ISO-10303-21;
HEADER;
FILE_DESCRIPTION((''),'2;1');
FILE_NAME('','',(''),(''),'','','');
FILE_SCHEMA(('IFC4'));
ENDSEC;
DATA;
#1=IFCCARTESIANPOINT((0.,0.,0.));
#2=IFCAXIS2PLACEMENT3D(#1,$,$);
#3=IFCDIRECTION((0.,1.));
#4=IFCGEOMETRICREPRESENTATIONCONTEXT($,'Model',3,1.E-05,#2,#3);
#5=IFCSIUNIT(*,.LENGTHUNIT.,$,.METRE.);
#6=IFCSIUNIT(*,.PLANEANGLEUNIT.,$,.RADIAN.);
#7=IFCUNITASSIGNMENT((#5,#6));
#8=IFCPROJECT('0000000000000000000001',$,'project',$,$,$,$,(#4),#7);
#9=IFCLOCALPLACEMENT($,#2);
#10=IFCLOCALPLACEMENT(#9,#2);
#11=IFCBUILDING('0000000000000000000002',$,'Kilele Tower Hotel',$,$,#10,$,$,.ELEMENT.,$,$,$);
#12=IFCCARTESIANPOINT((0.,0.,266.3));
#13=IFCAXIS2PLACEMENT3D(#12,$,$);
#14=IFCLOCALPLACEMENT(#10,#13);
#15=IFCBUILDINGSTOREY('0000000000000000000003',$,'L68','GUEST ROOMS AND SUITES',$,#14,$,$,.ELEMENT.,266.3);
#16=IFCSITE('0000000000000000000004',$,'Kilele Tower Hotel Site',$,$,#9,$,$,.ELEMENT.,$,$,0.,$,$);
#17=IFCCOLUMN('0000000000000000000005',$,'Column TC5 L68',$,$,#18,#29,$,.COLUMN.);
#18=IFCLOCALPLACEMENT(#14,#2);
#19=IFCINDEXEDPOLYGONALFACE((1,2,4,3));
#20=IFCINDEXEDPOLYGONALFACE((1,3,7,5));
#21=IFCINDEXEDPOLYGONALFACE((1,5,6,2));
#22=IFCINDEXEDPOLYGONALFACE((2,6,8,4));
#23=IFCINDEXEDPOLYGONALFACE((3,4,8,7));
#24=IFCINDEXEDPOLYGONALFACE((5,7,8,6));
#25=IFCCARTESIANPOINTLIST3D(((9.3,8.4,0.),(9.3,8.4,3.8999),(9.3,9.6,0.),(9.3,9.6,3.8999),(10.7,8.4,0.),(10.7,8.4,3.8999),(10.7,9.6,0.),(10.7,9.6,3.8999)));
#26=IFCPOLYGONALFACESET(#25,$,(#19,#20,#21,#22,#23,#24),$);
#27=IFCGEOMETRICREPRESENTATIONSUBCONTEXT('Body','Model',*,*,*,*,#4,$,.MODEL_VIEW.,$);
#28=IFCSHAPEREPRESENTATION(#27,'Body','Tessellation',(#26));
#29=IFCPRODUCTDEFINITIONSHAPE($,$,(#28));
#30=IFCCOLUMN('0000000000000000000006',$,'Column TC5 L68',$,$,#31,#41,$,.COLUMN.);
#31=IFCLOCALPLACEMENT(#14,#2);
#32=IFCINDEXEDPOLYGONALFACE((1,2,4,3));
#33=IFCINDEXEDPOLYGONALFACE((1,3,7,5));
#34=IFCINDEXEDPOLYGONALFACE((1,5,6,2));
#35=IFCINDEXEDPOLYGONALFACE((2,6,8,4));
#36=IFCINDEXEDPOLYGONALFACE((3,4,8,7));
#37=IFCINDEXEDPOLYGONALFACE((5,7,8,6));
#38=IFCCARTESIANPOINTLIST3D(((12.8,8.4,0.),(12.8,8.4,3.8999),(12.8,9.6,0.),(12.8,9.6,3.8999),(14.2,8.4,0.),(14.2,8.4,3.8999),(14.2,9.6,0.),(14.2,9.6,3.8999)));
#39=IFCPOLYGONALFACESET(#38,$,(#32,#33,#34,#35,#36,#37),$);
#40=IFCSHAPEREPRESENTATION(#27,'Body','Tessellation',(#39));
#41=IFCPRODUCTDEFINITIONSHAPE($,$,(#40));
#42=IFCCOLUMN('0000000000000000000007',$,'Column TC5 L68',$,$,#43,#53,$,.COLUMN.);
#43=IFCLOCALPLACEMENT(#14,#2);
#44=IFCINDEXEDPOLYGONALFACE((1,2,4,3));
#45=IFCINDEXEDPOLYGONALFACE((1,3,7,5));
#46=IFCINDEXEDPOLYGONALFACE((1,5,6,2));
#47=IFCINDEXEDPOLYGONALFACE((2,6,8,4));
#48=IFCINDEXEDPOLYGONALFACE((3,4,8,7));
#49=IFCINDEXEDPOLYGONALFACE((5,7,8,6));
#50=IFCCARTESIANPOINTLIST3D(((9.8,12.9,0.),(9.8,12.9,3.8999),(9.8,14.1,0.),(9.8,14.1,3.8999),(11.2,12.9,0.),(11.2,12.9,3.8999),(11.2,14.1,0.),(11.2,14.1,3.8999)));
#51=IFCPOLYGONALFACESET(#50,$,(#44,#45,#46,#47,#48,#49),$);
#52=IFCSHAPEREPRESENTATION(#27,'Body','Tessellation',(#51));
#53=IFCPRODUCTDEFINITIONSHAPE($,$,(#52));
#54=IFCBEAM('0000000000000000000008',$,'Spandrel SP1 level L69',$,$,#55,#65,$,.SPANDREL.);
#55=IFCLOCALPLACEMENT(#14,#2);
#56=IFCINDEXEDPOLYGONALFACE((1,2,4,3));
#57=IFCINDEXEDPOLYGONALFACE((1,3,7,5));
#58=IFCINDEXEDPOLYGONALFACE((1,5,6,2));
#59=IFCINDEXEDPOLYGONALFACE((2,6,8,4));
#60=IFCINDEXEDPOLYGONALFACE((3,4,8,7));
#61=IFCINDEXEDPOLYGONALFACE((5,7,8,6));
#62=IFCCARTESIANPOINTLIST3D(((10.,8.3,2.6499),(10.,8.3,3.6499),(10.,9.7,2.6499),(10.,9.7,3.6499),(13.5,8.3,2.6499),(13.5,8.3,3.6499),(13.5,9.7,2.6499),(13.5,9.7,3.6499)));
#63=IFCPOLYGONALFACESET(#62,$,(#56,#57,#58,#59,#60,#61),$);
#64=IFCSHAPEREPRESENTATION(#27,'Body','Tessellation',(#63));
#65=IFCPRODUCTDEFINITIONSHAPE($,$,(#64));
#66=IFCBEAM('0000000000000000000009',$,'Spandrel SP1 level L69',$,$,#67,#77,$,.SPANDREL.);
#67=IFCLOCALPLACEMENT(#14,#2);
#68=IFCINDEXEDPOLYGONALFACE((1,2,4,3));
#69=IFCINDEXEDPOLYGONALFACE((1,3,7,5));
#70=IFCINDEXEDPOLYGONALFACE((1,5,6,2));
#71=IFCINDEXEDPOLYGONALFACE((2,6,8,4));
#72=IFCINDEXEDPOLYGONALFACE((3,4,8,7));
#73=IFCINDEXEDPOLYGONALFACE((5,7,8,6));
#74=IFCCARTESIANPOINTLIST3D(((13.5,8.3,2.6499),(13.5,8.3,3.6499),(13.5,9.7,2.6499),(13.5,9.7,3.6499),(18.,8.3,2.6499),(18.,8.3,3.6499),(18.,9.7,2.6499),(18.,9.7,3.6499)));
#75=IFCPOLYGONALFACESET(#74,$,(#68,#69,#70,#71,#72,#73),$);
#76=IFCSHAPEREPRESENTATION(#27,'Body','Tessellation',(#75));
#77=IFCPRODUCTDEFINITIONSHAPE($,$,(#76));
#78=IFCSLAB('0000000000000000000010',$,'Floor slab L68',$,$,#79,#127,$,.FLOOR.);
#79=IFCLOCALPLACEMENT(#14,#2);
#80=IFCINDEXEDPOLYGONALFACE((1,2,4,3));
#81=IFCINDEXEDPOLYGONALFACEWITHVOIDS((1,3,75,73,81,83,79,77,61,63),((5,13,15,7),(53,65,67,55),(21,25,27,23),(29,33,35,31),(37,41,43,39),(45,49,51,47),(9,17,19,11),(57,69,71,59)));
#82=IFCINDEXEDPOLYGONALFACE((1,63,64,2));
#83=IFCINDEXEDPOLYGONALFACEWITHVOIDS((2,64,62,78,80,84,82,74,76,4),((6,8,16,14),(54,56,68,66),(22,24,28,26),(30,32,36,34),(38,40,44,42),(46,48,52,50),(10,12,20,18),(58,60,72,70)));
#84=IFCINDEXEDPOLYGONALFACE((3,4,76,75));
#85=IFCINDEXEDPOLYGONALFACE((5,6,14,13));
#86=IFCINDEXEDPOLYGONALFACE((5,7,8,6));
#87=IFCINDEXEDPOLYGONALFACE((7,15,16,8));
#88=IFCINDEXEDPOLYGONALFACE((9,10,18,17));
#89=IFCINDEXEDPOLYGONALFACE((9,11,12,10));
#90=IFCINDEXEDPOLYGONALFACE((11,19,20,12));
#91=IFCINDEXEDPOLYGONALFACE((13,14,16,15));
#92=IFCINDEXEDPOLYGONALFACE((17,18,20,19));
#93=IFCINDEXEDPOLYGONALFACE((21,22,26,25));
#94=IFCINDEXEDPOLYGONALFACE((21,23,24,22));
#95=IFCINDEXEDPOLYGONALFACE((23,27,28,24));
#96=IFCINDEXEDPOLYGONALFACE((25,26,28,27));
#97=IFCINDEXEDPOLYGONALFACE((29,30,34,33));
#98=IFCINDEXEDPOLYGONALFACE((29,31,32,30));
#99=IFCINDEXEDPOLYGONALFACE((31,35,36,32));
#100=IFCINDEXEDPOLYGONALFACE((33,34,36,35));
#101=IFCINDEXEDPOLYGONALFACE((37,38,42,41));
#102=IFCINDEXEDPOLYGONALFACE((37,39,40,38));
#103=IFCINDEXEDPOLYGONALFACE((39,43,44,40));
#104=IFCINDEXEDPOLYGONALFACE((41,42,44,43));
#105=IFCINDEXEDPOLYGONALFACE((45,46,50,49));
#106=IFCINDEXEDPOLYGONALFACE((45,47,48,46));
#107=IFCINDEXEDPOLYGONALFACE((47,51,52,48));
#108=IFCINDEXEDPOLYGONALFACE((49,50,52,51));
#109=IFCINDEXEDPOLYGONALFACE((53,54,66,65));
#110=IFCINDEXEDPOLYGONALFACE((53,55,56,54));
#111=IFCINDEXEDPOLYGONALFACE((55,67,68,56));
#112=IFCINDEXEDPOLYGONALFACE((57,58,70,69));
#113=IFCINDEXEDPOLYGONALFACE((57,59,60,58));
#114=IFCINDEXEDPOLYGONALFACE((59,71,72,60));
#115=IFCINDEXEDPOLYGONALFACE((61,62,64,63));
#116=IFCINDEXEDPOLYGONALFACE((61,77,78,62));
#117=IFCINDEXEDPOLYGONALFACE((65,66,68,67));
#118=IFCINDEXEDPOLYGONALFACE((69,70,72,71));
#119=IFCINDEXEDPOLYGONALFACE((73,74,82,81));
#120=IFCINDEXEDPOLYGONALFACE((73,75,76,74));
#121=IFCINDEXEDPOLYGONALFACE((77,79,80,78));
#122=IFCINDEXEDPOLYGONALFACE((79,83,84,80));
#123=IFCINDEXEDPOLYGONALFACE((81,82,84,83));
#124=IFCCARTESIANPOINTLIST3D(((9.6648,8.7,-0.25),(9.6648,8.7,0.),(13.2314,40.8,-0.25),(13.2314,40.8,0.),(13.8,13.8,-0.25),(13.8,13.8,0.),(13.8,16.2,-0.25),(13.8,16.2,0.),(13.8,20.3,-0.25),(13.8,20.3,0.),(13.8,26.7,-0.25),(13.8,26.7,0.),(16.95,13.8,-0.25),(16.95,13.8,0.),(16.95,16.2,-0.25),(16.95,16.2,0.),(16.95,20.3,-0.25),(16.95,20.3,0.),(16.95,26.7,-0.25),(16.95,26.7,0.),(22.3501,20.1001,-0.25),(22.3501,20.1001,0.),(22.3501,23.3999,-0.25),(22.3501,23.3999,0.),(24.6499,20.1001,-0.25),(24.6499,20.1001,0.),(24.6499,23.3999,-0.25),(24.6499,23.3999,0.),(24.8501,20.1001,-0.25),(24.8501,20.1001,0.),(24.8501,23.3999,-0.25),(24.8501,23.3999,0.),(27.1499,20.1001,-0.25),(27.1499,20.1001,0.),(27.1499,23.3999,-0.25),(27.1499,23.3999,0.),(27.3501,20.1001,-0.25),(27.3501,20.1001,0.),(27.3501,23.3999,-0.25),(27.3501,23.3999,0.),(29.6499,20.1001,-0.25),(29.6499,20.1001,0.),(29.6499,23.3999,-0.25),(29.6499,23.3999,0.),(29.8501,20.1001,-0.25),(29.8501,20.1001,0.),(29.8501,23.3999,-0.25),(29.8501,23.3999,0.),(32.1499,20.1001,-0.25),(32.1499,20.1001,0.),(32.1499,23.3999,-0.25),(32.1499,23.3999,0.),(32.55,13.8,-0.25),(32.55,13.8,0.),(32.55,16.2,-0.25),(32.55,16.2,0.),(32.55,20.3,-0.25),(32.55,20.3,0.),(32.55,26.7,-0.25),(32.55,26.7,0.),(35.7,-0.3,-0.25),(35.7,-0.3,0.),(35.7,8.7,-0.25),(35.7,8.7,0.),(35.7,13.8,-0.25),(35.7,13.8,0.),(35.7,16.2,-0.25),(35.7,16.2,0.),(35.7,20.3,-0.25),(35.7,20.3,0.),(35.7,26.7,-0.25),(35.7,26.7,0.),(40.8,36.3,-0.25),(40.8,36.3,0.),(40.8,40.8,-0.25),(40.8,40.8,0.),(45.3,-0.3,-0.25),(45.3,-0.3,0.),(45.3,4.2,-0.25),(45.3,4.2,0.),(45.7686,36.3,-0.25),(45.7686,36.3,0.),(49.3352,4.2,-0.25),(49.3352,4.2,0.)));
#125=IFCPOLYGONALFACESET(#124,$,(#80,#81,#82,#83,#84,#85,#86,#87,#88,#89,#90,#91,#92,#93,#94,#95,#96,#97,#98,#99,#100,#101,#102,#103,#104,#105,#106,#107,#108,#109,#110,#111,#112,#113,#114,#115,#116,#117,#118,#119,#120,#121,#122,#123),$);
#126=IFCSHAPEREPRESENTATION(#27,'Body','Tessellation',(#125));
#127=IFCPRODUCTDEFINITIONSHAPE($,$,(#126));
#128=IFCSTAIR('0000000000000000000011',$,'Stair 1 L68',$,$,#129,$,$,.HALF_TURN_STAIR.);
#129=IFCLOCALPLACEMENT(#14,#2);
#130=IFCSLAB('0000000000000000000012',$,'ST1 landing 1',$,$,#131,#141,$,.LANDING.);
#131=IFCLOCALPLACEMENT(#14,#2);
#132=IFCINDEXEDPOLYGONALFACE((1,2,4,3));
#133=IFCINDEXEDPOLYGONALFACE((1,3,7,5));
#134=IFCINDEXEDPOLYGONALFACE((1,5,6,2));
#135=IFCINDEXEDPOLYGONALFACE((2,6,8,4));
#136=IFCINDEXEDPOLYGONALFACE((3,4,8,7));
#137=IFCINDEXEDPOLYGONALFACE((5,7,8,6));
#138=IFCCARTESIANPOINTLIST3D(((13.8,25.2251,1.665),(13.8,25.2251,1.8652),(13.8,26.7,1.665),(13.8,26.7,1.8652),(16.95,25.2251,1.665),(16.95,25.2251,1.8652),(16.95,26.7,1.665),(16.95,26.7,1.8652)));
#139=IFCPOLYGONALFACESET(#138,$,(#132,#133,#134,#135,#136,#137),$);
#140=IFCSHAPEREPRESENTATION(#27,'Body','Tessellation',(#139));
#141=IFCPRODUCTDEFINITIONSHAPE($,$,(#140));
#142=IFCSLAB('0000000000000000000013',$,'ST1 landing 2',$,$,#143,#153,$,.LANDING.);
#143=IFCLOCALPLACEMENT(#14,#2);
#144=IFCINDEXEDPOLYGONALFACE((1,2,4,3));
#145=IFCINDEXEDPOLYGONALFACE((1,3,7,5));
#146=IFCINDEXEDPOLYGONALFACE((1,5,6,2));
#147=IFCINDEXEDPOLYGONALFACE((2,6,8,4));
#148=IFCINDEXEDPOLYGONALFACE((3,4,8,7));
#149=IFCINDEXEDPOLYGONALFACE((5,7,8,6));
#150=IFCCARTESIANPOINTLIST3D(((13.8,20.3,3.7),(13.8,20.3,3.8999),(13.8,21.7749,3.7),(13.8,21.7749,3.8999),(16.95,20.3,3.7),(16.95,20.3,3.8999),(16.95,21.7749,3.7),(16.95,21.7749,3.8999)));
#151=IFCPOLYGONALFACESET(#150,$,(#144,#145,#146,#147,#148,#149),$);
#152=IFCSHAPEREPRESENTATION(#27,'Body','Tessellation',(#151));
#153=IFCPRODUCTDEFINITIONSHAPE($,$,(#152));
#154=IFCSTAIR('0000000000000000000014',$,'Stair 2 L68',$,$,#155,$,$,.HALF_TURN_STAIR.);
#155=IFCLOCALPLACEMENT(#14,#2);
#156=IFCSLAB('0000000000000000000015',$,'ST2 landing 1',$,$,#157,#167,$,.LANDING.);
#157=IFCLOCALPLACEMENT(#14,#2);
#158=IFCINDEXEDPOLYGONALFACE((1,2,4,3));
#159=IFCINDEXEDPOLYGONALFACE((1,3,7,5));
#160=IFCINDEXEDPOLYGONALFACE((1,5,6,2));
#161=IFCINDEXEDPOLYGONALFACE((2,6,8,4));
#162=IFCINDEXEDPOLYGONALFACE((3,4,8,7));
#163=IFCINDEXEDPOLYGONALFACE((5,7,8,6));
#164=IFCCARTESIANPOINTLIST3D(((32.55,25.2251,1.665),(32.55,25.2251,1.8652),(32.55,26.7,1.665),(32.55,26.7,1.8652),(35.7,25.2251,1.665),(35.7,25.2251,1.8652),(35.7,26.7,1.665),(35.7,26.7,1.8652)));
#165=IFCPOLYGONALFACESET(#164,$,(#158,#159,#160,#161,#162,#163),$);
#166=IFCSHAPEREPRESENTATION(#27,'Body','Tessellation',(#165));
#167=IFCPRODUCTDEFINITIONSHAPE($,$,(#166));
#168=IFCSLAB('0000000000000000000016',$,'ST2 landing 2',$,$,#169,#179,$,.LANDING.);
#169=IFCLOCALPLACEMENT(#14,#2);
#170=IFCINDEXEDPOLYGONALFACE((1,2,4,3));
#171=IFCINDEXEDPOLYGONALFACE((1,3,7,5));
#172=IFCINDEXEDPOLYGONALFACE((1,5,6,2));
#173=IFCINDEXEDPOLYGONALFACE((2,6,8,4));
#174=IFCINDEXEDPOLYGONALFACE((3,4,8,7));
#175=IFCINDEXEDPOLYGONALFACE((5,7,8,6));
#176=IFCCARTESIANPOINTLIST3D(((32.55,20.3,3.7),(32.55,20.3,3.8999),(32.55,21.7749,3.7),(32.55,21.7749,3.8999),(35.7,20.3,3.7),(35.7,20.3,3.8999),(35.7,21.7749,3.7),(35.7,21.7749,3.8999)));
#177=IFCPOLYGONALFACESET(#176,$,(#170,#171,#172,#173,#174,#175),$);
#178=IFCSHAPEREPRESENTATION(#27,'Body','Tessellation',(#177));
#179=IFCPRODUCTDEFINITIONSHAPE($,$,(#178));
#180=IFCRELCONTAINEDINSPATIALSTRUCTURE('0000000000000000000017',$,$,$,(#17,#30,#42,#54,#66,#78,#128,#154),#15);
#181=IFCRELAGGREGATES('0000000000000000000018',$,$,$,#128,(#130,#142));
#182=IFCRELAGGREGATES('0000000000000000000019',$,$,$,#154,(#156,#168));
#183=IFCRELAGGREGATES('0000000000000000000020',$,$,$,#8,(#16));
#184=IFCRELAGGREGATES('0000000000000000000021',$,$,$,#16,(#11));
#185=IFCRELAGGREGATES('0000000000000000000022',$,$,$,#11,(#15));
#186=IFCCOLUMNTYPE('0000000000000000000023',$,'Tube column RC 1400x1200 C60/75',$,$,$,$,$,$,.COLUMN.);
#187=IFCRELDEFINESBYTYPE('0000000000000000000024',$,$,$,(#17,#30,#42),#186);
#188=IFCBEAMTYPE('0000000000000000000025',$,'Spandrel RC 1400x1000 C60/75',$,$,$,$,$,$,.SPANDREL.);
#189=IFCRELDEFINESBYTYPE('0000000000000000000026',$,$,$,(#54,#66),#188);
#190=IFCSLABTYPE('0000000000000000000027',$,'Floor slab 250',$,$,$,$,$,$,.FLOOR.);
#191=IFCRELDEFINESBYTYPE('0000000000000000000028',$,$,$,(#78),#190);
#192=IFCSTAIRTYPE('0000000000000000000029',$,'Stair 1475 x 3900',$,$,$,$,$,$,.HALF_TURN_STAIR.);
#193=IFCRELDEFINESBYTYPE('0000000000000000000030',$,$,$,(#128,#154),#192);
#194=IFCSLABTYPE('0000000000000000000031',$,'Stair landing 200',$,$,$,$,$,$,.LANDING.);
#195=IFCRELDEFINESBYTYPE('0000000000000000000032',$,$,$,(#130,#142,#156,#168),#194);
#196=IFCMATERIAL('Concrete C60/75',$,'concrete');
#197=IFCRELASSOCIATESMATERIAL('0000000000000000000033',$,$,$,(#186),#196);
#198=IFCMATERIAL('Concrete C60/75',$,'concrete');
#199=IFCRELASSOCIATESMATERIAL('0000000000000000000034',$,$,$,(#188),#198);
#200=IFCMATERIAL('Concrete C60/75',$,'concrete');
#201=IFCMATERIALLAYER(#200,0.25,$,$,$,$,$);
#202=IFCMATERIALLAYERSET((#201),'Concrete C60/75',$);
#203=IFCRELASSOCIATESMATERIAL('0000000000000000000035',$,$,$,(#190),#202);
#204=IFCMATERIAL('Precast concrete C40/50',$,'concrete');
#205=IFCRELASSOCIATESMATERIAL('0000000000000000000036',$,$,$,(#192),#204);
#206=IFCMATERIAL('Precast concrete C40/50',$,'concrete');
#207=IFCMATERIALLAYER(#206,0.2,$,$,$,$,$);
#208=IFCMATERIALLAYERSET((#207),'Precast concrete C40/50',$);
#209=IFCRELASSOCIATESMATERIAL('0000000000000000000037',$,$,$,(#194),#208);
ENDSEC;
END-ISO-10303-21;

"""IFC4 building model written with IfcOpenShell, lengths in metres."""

from ifc_helpers import new_model, si_unit, direction, frame, origin, origin_2d, place, context, subcontext, project, spatial, polyline, rectangle, outline, extrude, material, layer, layer_set, material_profile, profile_set, type_object, element, aggregate, save


model = new_model("IFC4")

# Units and contexts
model_context = context("Model", 3, precision=1e-05, world=origin(), true_north=direction((0.0, 1.0)))
body_context = subcontext(model_context, "Body", "Model", "MODEL_VIEW")
ifc_project = project(units=[si_unit("LENGTHUNIT", "METRE"), si_unit("PLANEANGLEUNIT", "RADIAN")], contexts=[model_context])

# Site, building, storey
site_placement = place(None, origin())
site = spatial("IfcSite", under=ifc_project, at=site_placement, Name="Kilele Tower Hotel Site", CompositionType="ELEMENT", RefElevation=0.0)
building_placement = place(site_placement, origin())
building = spatial("IfcBuilding", under=site, at=building_placement, Name="Kilele Tower Hotel", CompositionType="ELEMENT")
storey_placement = place(building_placement, frame((0.0, 0.0, 266.3)))
storey = spatial("IfcBuildingStorey", under=building, at=storey_placement, Name="L68", Description="GUEST ROOMS AND SUITES", CompositionType="ELEMENT", Elevation=266.3)

# Columns
ifc_material_1 = material(Name="Concrete C60/75", Category="concrete")
ifc_material_profile_1 = material_profile(ifc_material_1, rectangle(XDim=1.3999, YDim=1.2, at=origin_2d()))
ifc_profile_set_1 = profile_set([ifc_material_profile_1], Name="Concrete C60/75")
column_type = type_object("IfcColumnType", Name="Tube column RC 1400x1200 C60/75", PredefinedType="COLUMN", material=ifc_profile_set_1)
for number, where, z_axis, x_axis, name in (
    (1, (10.0, 9.0, 0.0), (0.0, 0.0, 1.0), (1.0, 0.0, 0.0), "Column TC5 L68"),
    (2, (13.5, 9.0, 0.0), (0.0, 0.0, 1.0), (1.0, 0.0, 0.0), "Column TC5 L68"),
    (3, (10.5, 13.5, 0.0), (0.0, 0.0, 1.0), (1.0, 0.0, 0.0), "Column TC5 L68"),
):
    element("IfcColumn", number, at=place(storey_placement, frame(where, z_axis=z_axis, x_axis=x_axis)), inside=storey, type_object=column_type, Name=name, PredefinedType="COLUMN", context=body_context, shape_type="SweptSolid", body=[
        extrude(rectangle(XDim=1.3999, YDim=1.2, at=origin_2d()), origin(), (0.0, 0.0, 1.0), 3.8999),
    ])

# Beams
ifc_material_2 = material(Name="Concrete C60/75", Category="concrete")
ifc_material_profile_2 = material_profile(ifc_material_2, rectangle(XDim=1.3999, YDim=1.0, at=origin_2d()))
ifc_profile_set_2 = profile_set([ifc_material_profile_2], Name="Concrete C60/75")
beam_type = type_object("IfcBeamType", Name="Spandrel RC 1400x1000 C60/75", PredefinedType="SPANDREL", material=ifc_profile_set_2)
beam_1_placement = place(storey_placement, frame((10.0, 9.0, 3.1499), z_axis=(1.0, 0.0, 0.0), x_axis=(0.0, 1.0, 0.0)))
element("IfcBeam", 4, at=beam_1_placement, inside=storey, type_object=beam_type, Name="Spandrel SP1 level L69", PredefinedType="SPANDREL", context=body_context, shape_type="SweptSolid", body=[
    extrude(rectangle(XDim=1.3999, YDim=1.0, at=origin_2d()), origin(), (0.0, 0.0, 1.0), 3.5),
])
beam_2_placement = place(storey_placement, frame((13.5, 9.0, 3.1499), z_axis=(1.0, 0.0, 0.0), x_axis=(0.0, 1.0, 0.0)))
element("IfcBeam", 5, at=beam_2_placement, inside=storey, type_object=beam_type, Name="Spandrel SP1 level L69", PredefinedType="SPANDREL", context=body_context, shape_type="SweptSolid", body=[
    extrude(rectangle(XDim=1.3999, YDim=1.0, at=origin_2d()), origin(), (0.0, 0.0, 1.0), 4.5),
])

# Slab
ifc_material_3 = material(Name="Concrete C60/75", Category="concrete")
ifc_layer_1 = layer(ifc_material_3, 0.25)
ifc_layer_set_1 = layer_set([ifc_layer_1], Name="Concrete C60/75")
slab_type_1 = type_object("IfcSlabType", Name="Floor slab 250", PredefinedType="FLOOR", material=ifc_layer_set_1)
slab_1_placement = place(storey_placement, frame((0.0, 0.0, -0.25)))
element("IfcSlab", 6, at=slab_1_placement, inside=storey, type_object=slab_type_1, Name="Floor slab L68", PredefinedType="FLOOR", context=body_context, shape_type="SweptSolid", body=[
    extrude(outline(polyline([(40.8, 40.8), (40.8, 36.3), (45.7686, 36.3), (49.3352, 4.2), (45.3, 4.2), (45.3, -0.3), (35.7, -0.3), (35.7, 8.7), (9.6648, 8.7), (13.2314, 40.8), (40.8, 40.8)]), holes=[polyline([(16.95, 16.2), (13.8, 16.2), (13.8, 13.8), (16.95, 13.8), (16.95, 16.2)]), polyline([(35.7, 16.2), (32.55, 16.2), (32.55, 13.8), (35.7, 13.8), (35.7, 16.2)]), polyline([(24.6499, 23.3999), (22.3501, 23.3999), (22.3501, 20.1001), (24.6499, 20.1001), (24.6499, 23.3999)]), polyline([(27.1499, 23.3999), (24.8501, 23.3999), (24.8501, 20.1001), (27.1499, 20.1001), (27.1499, 23.3999)]), polyline([(29.6499, 23.3999), (27.3501, 23.3999), (27.3501, 20.1001), (29.6499, 20.1001), (29.6499, 23.3999)]), polyline([(32.1499, 23.3999), (29.8501, 23.3999), (29.8501, 20.1001), (32.1499, 20.1001), (32.1499, 23.3999)]), polyline([(16.95, 26.7), (13.8, 26.7), (13.8, 20.3), (16.95, 20.3), (16.95, 26.7)]), polyline([(35.7, 26.7), (32.55, 26.7), (32.55, 20.3), (35.7, 20.3), (35.7, 26.7)])]), origin(), (0.0, 0.0, 1.0), 0.25),
])

# Stairs, slabs
ifc_material_4 = material(Name="Precast concrete C40/50", Category="concrete")
stair_type = type_object("IfcStairType", Name="Stair 1475 x 3900", PredefinedType="HALF_TURN_STAIR", material=ifc_material_4)
stair_1_placement = place(storey_placement, origin())
stair_1 = element("IfcStair", 7, at=stair_1_placement, inside=storey, type_object=stair_type, Name="Stair 1 L68", PredefinedType="HALF_TURN_STAIR")
ifc_material_5 = material(Name="Precast concrete C40/50", Category="concrete")
ifc_layer_2 = layer(ifc_material_5, 0.2)
ifc_layer_set_2 = layer_set([ifc_layer_2], Name="Precast concrete C40/50")
slab_type_2 = type_object("IfcSlabType", Name="Stair landing 200", PredefinedType="LANDING", material=ifc_layer_set_2)
slab_2_placement = place(storey_placement, frame((0.0, 0.0, 1.665)))
slab_2 = element("IfcSlab", 8, at=slab_2_placement, type_object=slab_type_2, Name="ST1 landing 1", PredefinedType="LANDING", context=body_context, shape_type="SweptSolid", body=[
    extrude(outline(polyline([(13.8, 25.2251), (16.95, 25.2251), (16.95, 26.7), (13.8, 26.7), (13.8, 25.2251)])), origin(), (0.0, 0.0, 1.0), 0.2002),
])
slab_3_placement = place(storey_placement, frame((0.0, 0.0, 3.7)))
slab_3 = element("IfcSlab", 9, at=slab_3_placement, type_object=slab_type_2, Name="ST1 landing 2", PredefinedType="LANDING", context=body_context, shape_type="SweptSolid", body=[
    extrude(outline(polyline([(13.8, 20.3), (16.95, 20.3), (16.95, 21.7749), (13.8, 21.7749), (13.8, 20.3)])), origin(), (0.0, 0.0, 1.0), 0.2),
])
aggregate(stair_1, [slab_2, slab_3])
stair_2_placement = place(storey_placement, origin())
stair_2 = element("IfcStair", 10, at=stair_2_placement, inside=storey, type_object=stair_type, Name="Stair 2 L68", PredefinedType="HALF_TURN_STAIR")
slab_4_placement = place(storey_placement, frame((0.0, 0.0, 1.665)))
slab_4 = element("IfcSlab", 11, at=slab_4_placement, type_object=slab_type_2, Name="ST2 landing 1", PredefinedType="LANDING", context=body_context, shape_type="SweptSolid", body=[
    extrude(outline(polyline([(32.55, 25.2251), (35.7, 25.2251), (35.7, 26.7), (32.55, 26.7), (32.55, 25.2251)])), origin(), (0.0, 0.0, 1.0), 0.2002),
])
slab_5_placement = place(storey_placement, frame((0.0, 0.0, 3.7)))
slab_5 = element("IfcSlab", 12, at=slab_5_placement, type_object=slab_type_2, Name="ST2 landing 2", PredefinedType="LANDING", context=body_context, shape_type="SweptSolid", body=[
    extrude(outline(polyline([(32.55, 20.3), (35.7, 20.3), (35.7, 21.7749), (32.55, 21.7749), (32.55, 20.3)])), origin(), (0.0, 0.0, 1.0), 0.2),
])
aggregate(stair_2, [slab_4, slab_5])

save(model, "model.ifc")
